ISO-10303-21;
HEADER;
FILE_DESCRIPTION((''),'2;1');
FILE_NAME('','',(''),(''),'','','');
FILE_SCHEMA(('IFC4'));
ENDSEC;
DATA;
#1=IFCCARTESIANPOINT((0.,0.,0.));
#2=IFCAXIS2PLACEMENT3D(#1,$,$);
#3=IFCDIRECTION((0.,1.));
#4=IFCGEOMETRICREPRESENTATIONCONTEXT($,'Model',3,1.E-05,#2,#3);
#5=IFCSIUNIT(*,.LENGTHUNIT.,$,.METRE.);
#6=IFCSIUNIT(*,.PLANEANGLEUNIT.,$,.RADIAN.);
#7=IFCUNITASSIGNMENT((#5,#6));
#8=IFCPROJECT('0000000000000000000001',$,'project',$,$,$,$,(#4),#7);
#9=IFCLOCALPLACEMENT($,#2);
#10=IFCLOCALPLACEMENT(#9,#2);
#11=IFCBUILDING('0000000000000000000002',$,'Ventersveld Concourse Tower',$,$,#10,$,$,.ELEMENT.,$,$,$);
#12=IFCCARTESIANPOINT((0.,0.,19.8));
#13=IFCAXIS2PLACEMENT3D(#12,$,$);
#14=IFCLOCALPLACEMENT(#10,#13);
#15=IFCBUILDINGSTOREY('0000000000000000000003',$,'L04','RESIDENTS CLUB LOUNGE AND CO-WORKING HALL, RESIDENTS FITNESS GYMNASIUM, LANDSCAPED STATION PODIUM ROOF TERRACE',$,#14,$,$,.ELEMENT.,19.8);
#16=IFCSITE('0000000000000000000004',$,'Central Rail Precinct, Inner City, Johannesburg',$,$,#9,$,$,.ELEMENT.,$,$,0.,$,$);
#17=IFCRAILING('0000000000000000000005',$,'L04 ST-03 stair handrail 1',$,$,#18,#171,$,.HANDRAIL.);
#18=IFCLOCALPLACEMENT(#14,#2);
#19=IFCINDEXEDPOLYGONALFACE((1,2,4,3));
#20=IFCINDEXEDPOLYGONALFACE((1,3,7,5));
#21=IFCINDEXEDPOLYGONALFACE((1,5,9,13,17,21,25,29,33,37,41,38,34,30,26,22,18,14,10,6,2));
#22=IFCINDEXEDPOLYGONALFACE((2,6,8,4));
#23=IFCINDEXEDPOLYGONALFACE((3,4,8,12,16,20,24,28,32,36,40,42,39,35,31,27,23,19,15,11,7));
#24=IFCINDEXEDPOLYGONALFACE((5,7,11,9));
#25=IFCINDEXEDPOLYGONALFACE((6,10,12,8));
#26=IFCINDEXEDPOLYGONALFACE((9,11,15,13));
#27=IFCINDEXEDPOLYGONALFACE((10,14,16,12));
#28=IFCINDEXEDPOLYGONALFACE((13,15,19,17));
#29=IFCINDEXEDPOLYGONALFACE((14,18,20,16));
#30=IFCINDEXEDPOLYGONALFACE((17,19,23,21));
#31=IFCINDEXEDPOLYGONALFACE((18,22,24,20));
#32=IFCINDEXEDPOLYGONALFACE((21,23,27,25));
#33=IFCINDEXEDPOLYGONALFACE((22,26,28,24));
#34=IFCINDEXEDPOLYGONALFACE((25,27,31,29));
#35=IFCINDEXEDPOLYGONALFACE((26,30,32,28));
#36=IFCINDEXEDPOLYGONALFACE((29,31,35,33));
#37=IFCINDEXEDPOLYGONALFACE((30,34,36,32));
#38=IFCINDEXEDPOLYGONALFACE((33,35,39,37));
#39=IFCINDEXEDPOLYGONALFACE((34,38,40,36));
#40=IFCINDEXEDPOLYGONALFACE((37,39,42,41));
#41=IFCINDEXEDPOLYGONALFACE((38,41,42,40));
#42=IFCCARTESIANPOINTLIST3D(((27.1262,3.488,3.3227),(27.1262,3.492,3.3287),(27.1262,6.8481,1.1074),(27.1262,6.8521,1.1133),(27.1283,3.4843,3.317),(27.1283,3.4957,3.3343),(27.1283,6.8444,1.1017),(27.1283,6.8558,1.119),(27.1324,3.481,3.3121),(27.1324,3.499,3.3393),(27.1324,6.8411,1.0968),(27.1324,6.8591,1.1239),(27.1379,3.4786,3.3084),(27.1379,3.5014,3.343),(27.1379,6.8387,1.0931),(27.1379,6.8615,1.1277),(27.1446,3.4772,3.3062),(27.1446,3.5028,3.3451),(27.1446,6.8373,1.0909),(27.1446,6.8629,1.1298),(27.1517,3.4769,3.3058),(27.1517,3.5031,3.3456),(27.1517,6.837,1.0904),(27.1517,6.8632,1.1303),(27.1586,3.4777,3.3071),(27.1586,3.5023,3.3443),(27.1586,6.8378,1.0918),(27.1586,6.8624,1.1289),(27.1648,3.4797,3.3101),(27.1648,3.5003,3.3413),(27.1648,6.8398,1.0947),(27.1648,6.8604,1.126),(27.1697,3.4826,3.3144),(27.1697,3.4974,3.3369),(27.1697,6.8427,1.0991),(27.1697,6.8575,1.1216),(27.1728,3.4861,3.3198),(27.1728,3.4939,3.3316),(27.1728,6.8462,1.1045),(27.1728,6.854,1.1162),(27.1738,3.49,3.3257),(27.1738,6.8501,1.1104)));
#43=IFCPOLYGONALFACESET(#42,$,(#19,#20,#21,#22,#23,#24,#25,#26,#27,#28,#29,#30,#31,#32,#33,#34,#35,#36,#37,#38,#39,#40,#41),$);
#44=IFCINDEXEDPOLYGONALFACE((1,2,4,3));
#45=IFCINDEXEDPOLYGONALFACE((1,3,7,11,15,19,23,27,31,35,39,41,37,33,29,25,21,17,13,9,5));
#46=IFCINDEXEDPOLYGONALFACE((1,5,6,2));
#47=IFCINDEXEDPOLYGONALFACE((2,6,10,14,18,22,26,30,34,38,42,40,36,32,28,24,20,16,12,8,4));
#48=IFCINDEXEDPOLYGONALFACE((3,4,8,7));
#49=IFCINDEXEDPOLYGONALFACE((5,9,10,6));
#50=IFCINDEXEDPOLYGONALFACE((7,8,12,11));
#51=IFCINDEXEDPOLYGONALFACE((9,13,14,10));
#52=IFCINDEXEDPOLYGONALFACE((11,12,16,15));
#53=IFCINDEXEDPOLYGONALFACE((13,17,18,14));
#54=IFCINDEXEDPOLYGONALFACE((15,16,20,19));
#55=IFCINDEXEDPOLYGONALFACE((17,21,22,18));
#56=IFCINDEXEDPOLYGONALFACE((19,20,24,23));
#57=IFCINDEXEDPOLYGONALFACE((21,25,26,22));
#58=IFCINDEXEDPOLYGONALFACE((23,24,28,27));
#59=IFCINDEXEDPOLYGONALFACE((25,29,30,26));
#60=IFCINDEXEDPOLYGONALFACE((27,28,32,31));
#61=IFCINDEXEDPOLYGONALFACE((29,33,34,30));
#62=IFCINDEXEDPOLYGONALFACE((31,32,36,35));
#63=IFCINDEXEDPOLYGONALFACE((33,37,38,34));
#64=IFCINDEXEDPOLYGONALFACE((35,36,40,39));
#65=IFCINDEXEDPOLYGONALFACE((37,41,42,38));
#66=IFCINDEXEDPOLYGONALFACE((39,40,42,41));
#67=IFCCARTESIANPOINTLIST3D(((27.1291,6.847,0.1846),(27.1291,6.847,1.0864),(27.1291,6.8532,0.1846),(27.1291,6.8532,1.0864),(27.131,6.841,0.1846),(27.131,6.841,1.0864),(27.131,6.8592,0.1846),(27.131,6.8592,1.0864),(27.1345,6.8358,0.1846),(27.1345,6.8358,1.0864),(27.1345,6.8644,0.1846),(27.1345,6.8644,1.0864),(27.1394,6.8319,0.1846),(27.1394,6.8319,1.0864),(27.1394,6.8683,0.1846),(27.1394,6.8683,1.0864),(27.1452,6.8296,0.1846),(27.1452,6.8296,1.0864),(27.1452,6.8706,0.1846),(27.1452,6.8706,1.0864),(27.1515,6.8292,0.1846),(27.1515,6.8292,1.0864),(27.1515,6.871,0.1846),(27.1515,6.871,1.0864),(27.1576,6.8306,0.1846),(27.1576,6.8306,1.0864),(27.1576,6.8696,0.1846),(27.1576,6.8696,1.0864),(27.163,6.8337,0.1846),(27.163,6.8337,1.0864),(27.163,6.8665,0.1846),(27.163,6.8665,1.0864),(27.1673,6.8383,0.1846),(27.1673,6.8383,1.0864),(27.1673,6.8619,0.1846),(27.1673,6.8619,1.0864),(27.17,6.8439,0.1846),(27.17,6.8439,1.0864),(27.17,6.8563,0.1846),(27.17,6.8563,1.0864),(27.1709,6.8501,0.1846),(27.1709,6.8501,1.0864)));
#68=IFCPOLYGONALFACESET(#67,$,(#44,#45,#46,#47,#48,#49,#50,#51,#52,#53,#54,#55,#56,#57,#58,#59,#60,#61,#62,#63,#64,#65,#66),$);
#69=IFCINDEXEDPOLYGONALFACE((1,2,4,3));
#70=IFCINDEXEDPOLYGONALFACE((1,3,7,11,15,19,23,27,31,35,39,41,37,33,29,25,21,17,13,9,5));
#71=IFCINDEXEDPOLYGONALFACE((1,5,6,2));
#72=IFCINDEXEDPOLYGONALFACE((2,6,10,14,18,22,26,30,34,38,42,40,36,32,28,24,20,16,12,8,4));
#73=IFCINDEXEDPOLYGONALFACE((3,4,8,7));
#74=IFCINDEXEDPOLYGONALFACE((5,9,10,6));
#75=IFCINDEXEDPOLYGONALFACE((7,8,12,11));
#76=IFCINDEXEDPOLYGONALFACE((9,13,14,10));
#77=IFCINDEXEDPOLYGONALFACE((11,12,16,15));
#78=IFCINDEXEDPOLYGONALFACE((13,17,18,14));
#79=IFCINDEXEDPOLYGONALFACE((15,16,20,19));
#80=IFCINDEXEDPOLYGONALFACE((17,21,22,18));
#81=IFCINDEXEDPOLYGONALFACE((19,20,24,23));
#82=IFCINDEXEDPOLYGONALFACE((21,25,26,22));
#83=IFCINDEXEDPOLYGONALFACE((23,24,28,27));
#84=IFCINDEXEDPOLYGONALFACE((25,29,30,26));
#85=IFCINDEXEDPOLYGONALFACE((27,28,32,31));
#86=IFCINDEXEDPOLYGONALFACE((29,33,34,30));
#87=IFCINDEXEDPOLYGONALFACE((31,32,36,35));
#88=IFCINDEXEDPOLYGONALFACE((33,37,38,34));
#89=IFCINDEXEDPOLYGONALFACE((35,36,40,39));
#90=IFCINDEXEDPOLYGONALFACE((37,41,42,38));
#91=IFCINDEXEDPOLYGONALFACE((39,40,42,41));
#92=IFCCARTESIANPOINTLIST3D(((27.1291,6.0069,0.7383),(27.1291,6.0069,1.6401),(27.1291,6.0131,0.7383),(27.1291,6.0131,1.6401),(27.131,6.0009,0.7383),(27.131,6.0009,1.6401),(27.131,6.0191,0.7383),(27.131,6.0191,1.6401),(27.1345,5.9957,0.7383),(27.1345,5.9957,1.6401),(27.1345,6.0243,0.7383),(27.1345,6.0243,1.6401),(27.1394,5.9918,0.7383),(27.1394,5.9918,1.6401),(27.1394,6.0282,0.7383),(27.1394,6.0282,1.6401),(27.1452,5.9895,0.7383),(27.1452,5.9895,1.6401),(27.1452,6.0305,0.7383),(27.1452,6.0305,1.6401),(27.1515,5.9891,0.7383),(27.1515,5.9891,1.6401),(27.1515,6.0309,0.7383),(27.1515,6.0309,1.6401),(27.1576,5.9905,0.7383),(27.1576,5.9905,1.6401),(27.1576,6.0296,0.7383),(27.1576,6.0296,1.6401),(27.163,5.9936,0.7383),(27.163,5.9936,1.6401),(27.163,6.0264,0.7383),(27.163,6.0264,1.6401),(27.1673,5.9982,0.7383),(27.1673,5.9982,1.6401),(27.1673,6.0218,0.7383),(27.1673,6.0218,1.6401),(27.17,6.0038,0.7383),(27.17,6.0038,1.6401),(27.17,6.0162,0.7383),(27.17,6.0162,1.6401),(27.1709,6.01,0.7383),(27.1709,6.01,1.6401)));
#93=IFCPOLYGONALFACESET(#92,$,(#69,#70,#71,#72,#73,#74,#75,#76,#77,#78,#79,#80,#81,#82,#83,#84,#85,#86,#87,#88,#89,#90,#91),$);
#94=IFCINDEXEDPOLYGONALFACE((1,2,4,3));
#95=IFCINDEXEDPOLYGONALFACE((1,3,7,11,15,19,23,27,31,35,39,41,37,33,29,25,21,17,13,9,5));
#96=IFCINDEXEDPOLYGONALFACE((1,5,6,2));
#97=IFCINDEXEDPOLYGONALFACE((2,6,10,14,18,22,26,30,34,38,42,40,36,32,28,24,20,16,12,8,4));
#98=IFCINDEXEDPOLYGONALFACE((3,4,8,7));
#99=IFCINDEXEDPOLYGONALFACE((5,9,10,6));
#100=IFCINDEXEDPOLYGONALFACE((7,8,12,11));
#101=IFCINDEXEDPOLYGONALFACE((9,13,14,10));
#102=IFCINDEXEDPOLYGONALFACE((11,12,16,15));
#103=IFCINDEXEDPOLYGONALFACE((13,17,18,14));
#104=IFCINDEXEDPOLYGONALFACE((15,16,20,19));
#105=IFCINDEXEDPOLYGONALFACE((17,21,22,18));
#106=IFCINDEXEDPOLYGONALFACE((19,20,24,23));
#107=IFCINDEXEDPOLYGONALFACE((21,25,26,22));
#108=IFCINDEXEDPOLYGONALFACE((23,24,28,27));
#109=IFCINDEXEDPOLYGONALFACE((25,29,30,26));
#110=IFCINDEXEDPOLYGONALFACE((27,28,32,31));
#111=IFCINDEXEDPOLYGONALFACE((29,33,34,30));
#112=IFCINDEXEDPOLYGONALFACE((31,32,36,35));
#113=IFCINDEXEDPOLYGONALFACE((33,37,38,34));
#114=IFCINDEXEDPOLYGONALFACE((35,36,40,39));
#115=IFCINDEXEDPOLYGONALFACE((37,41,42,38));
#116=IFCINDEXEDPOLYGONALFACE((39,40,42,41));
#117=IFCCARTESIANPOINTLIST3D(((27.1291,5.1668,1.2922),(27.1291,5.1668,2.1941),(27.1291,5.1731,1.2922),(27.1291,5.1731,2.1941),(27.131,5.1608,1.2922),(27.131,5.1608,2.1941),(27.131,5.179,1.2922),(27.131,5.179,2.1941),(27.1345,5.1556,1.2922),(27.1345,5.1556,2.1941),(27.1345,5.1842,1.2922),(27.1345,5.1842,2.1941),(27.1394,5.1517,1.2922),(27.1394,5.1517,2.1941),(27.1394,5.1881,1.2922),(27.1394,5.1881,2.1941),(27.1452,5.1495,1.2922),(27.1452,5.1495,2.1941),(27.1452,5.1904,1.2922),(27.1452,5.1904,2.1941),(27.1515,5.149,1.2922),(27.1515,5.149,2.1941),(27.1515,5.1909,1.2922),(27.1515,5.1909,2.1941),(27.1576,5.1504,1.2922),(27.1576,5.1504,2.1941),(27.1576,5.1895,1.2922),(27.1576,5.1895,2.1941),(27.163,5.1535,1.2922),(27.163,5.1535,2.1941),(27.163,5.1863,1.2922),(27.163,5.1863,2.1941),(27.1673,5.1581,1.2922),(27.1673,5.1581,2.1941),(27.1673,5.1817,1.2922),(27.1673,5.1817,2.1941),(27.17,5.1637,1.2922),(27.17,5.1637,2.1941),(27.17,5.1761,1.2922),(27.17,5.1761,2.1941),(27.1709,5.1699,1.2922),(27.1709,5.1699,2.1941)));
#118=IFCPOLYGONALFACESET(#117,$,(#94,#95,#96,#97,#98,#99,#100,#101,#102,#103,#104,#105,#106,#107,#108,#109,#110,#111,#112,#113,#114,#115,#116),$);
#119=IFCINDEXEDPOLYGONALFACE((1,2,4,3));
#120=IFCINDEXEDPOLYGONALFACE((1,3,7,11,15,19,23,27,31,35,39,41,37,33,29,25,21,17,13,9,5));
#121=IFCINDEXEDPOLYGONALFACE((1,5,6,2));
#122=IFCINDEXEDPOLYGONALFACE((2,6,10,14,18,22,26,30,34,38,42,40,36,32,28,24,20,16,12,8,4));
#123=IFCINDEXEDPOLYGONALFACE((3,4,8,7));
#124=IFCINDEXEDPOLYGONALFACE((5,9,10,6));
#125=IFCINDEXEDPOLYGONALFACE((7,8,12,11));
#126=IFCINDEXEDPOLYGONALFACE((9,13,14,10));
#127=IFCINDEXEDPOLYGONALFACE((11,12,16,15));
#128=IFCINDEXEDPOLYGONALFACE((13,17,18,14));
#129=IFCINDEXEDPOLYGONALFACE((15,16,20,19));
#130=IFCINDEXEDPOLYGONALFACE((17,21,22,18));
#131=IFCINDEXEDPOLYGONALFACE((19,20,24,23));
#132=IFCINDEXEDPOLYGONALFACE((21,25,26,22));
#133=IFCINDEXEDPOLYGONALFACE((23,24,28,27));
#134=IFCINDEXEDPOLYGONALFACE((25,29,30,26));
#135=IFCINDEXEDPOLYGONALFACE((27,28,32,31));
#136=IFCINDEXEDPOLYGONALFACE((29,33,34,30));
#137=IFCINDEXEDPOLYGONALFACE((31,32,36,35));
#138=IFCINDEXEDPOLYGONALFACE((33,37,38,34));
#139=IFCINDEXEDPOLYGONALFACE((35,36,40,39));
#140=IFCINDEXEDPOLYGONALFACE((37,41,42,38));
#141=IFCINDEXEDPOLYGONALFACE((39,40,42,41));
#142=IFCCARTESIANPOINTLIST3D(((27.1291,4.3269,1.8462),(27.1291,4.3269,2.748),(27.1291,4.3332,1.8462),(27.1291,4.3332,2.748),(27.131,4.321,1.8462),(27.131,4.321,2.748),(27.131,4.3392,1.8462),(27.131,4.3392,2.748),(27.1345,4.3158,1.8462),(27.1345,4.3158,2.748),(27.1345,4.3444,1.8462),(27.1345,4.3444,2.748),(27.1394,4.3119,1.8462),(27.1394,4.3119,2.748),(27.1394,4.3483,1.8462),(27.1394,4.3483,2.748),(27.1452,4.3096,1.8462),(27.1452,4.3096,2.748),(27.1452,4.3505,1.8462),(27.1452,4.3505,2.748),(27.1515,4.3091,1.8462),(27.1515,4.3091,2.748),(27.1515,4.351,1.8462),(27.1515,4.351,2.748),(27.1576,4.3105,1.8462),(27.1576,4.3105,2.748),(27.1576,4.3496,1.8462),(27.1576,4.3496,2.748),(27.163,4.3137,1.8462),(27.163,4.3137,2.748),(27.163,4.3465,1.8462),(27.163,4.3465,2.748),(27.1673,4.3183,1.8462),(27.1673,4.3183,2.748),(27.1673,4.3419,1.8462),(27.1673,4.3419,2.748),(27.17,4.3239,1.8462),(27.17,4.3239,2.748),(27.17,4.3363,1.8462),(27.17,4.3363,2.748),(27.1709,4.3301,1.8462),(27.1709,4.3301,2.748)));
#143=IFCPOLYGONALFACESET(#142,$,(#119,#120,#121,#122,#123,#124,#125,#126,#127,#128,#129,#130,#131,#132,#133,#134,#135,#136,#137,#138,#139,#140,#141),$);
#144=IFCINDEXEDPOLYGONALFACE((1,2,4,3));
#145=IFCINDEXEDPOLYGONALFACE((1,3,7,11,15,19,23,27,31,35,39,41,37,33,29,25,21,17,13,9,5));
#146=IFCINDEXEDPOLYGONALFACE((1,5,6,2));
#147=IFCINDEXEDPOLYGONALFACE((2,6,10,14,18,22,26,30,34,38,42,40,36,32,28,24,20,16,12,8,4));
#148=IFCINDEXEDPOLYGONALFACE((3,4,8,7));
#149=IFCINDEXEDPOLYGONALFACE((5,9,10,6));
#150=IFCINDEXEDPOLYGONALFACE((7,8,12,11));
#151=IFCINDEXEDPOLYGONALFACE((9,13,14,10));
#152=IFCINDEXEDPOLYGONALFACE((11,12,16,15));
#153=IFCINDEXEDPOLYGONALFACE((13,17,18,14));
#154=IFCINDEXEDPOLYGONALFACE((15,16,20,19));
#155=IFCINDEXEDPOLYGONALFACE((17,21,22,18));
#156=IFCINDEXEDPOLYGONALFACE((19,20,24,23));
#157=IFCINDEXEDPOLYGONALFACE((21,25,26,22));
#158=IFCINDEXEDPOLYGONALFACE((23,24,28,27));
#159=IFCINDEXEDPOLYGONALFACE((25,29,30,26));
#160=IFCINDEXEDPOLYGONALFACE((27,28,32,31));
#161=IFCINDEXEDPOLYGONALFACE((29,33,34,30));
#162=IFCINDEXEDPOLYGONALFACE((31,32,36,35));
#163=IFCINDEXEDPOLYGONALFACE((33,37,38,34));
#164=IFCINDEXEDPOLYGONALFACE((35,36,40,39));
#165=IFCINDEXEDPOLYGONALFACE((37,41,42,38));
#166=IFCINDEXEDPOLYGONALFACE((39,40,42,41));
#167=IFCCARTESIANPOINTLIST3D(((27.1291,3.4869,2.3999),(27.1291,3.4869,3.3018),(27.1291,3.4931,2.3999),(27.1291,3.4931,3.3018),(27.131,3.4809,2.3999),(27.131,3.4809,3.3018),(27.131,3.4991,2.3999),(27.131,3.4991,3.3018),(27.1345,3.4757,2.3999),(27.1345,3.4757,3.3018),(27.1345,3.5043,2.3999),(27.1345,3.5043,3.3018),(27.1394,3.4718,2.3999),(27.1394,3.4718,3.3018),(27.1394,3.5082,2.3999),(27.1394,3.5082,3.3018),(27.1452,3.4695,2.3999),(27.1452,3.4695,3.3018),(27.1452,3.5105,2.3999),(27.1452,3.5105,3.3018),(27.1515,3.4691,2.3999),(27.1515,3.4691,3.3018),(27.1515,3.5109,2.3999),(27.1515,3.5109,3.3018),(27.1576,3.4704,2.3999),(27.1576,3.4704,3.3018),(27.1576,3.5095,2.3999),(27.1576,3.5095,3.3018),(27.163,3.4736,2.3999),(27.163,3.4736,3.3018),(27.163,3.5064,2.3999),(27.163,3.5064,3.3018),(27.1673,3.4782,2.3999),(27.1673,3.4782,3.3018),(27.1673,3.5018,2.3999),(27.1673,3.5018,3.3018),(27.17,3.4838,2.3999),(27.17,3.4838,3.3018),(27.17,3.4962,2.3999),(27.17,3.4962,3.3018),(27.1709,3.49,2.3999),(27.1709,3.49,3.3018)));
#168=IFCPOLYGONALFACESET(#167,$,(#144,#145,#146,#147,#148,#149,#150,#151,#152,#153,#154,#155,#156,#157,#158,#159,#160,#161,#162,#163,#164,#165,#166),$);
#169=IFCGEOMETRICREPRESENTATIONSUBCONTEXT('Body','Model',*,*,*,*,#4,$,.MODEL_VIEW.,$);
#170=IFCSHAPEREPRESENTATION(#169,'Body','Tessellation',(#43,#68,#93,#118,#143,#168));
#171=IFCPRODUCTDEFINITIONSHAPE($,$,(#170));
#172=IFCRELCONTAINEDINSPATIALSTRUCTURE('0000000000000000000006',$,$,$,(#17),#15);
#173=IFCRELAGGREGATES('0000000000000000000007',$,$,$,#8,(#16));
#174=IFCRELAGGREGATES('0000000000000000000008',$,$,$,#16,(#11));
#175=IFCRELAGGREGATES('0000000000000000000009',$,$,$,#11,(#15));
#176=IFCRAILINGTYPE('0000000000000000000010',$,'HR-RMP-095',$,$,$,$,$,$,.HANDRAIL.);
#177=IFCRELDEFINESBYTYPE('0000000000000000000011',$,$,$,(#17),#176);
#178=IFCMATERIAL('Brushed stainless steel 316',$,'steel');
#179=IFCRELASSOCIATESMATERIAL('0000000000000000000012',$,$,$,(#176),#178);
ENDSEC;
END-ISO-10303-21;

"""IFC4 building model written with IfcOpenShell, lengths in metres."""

from ifc_helpers import new_model, si_unit, direction, frame, origin, origin_2d, place, context, subcontext, project, spatial, circle, extrude, material, type_object, element, save


model = new_model("IFC4")

# Units and contexts
model_context = context("Model", 3, precision=1e-05, world=origin(), true_north=direction((0.0, 1.0)))
body_context = subcontext(model_context, "Body", "Model", "MODEL_VIEW")
ifc_project = project(units=[si_unit("LENGTHUNIT", "METRE"), si_unit("PLANEANGLEUNIT", "RADIAN")], contexts=[model_context])

# Site, building, storey
site_placement = place(None, origin())
site = spatial("IfcSite", under=ifc_project, at=site_placement, Name="Central Rail Precinct, Inner City, Johannesburg", CompositionType="ELEMENT", RefElevation=0.0)
building_placement = place(site_placement, origin())
building = spatial("IfcBuilding", under=site, at=building_placement, Name="Ventersveld Concourse Tower", CompositionType="ELEMENT")
storey_placement = place(building_placement, frame((0.0, 0.0, 19.8)))
storey = spatial("IfcBuildingStorey", under=building, at=storey_placement, Name="L04", Description="RESIDENTS CLUB LOUNGE AND CO-WORKING HALL, RESIDENTS FITNESS GYMNASIUM, LANDSCAPED STATION PODIUM ROOF TERRACE", CompositionType="ELEMENT", Elevation=19.8)

# Shared definitions
ifc_material_1 = material(Name="Brushed stainless steel 316", Category="steel")

# Railing
railing_type_1 = type_object("IfcRailingType", Name="HR-RMP-095", PredefinedType="HANDRAIL", material=ifc_material_1)
railing_1_placement = place(storey_placement, frame((27.1499, 6.8501, 0.1846)))
element("IfcRailing", 1, at=railing_1_placement, inside=storey, type_object=railing_type_1, Name="L04 ST-03 stair handrail 1", PredefinedType="HANDRAIL", context=body_context, shape_type="SweptSolid", body=[
    extrude(circle(Radius=0.0239, at=origin_2d()), frame((0.0, 0.0, 0.9258), z_axis=(0.0, -0.834876, 0.550437), x_axis=(1.0, 0.0, 0.0)), (0.0, 0.0, 1.0), 4.0247),
    extrude(circle(Radius=0.021, at=origin_2d()), origin(), (0.0, 0.0, 1.0), 0.9019),
    extrude(circle(Radius=0.021, at=origin_2d()), frame((0.0, -0.8401, 0.5537)), (0.0, 0.0, 1.0), 0.9019),
    extrude(circle(Radius=0.021, at=origin_2d()), frame((0.0, -1.6802, 1.1077)), (0.0, 0.0, 1.0), 0.9019),
    extrude(circle(Radius=0.021, at=origin_2d()), frame((0.0, -2.52, 1.6616)), (0.0, 0.0, 1.0), 0.9019),
    extrude(circle(Radius=0.021, at=origin_2d()), frame((0.0, -3.3601, 2.2153)), (0.0, 0.0, 1.0), 0.9019),
])

save(model, "model.ifc")
